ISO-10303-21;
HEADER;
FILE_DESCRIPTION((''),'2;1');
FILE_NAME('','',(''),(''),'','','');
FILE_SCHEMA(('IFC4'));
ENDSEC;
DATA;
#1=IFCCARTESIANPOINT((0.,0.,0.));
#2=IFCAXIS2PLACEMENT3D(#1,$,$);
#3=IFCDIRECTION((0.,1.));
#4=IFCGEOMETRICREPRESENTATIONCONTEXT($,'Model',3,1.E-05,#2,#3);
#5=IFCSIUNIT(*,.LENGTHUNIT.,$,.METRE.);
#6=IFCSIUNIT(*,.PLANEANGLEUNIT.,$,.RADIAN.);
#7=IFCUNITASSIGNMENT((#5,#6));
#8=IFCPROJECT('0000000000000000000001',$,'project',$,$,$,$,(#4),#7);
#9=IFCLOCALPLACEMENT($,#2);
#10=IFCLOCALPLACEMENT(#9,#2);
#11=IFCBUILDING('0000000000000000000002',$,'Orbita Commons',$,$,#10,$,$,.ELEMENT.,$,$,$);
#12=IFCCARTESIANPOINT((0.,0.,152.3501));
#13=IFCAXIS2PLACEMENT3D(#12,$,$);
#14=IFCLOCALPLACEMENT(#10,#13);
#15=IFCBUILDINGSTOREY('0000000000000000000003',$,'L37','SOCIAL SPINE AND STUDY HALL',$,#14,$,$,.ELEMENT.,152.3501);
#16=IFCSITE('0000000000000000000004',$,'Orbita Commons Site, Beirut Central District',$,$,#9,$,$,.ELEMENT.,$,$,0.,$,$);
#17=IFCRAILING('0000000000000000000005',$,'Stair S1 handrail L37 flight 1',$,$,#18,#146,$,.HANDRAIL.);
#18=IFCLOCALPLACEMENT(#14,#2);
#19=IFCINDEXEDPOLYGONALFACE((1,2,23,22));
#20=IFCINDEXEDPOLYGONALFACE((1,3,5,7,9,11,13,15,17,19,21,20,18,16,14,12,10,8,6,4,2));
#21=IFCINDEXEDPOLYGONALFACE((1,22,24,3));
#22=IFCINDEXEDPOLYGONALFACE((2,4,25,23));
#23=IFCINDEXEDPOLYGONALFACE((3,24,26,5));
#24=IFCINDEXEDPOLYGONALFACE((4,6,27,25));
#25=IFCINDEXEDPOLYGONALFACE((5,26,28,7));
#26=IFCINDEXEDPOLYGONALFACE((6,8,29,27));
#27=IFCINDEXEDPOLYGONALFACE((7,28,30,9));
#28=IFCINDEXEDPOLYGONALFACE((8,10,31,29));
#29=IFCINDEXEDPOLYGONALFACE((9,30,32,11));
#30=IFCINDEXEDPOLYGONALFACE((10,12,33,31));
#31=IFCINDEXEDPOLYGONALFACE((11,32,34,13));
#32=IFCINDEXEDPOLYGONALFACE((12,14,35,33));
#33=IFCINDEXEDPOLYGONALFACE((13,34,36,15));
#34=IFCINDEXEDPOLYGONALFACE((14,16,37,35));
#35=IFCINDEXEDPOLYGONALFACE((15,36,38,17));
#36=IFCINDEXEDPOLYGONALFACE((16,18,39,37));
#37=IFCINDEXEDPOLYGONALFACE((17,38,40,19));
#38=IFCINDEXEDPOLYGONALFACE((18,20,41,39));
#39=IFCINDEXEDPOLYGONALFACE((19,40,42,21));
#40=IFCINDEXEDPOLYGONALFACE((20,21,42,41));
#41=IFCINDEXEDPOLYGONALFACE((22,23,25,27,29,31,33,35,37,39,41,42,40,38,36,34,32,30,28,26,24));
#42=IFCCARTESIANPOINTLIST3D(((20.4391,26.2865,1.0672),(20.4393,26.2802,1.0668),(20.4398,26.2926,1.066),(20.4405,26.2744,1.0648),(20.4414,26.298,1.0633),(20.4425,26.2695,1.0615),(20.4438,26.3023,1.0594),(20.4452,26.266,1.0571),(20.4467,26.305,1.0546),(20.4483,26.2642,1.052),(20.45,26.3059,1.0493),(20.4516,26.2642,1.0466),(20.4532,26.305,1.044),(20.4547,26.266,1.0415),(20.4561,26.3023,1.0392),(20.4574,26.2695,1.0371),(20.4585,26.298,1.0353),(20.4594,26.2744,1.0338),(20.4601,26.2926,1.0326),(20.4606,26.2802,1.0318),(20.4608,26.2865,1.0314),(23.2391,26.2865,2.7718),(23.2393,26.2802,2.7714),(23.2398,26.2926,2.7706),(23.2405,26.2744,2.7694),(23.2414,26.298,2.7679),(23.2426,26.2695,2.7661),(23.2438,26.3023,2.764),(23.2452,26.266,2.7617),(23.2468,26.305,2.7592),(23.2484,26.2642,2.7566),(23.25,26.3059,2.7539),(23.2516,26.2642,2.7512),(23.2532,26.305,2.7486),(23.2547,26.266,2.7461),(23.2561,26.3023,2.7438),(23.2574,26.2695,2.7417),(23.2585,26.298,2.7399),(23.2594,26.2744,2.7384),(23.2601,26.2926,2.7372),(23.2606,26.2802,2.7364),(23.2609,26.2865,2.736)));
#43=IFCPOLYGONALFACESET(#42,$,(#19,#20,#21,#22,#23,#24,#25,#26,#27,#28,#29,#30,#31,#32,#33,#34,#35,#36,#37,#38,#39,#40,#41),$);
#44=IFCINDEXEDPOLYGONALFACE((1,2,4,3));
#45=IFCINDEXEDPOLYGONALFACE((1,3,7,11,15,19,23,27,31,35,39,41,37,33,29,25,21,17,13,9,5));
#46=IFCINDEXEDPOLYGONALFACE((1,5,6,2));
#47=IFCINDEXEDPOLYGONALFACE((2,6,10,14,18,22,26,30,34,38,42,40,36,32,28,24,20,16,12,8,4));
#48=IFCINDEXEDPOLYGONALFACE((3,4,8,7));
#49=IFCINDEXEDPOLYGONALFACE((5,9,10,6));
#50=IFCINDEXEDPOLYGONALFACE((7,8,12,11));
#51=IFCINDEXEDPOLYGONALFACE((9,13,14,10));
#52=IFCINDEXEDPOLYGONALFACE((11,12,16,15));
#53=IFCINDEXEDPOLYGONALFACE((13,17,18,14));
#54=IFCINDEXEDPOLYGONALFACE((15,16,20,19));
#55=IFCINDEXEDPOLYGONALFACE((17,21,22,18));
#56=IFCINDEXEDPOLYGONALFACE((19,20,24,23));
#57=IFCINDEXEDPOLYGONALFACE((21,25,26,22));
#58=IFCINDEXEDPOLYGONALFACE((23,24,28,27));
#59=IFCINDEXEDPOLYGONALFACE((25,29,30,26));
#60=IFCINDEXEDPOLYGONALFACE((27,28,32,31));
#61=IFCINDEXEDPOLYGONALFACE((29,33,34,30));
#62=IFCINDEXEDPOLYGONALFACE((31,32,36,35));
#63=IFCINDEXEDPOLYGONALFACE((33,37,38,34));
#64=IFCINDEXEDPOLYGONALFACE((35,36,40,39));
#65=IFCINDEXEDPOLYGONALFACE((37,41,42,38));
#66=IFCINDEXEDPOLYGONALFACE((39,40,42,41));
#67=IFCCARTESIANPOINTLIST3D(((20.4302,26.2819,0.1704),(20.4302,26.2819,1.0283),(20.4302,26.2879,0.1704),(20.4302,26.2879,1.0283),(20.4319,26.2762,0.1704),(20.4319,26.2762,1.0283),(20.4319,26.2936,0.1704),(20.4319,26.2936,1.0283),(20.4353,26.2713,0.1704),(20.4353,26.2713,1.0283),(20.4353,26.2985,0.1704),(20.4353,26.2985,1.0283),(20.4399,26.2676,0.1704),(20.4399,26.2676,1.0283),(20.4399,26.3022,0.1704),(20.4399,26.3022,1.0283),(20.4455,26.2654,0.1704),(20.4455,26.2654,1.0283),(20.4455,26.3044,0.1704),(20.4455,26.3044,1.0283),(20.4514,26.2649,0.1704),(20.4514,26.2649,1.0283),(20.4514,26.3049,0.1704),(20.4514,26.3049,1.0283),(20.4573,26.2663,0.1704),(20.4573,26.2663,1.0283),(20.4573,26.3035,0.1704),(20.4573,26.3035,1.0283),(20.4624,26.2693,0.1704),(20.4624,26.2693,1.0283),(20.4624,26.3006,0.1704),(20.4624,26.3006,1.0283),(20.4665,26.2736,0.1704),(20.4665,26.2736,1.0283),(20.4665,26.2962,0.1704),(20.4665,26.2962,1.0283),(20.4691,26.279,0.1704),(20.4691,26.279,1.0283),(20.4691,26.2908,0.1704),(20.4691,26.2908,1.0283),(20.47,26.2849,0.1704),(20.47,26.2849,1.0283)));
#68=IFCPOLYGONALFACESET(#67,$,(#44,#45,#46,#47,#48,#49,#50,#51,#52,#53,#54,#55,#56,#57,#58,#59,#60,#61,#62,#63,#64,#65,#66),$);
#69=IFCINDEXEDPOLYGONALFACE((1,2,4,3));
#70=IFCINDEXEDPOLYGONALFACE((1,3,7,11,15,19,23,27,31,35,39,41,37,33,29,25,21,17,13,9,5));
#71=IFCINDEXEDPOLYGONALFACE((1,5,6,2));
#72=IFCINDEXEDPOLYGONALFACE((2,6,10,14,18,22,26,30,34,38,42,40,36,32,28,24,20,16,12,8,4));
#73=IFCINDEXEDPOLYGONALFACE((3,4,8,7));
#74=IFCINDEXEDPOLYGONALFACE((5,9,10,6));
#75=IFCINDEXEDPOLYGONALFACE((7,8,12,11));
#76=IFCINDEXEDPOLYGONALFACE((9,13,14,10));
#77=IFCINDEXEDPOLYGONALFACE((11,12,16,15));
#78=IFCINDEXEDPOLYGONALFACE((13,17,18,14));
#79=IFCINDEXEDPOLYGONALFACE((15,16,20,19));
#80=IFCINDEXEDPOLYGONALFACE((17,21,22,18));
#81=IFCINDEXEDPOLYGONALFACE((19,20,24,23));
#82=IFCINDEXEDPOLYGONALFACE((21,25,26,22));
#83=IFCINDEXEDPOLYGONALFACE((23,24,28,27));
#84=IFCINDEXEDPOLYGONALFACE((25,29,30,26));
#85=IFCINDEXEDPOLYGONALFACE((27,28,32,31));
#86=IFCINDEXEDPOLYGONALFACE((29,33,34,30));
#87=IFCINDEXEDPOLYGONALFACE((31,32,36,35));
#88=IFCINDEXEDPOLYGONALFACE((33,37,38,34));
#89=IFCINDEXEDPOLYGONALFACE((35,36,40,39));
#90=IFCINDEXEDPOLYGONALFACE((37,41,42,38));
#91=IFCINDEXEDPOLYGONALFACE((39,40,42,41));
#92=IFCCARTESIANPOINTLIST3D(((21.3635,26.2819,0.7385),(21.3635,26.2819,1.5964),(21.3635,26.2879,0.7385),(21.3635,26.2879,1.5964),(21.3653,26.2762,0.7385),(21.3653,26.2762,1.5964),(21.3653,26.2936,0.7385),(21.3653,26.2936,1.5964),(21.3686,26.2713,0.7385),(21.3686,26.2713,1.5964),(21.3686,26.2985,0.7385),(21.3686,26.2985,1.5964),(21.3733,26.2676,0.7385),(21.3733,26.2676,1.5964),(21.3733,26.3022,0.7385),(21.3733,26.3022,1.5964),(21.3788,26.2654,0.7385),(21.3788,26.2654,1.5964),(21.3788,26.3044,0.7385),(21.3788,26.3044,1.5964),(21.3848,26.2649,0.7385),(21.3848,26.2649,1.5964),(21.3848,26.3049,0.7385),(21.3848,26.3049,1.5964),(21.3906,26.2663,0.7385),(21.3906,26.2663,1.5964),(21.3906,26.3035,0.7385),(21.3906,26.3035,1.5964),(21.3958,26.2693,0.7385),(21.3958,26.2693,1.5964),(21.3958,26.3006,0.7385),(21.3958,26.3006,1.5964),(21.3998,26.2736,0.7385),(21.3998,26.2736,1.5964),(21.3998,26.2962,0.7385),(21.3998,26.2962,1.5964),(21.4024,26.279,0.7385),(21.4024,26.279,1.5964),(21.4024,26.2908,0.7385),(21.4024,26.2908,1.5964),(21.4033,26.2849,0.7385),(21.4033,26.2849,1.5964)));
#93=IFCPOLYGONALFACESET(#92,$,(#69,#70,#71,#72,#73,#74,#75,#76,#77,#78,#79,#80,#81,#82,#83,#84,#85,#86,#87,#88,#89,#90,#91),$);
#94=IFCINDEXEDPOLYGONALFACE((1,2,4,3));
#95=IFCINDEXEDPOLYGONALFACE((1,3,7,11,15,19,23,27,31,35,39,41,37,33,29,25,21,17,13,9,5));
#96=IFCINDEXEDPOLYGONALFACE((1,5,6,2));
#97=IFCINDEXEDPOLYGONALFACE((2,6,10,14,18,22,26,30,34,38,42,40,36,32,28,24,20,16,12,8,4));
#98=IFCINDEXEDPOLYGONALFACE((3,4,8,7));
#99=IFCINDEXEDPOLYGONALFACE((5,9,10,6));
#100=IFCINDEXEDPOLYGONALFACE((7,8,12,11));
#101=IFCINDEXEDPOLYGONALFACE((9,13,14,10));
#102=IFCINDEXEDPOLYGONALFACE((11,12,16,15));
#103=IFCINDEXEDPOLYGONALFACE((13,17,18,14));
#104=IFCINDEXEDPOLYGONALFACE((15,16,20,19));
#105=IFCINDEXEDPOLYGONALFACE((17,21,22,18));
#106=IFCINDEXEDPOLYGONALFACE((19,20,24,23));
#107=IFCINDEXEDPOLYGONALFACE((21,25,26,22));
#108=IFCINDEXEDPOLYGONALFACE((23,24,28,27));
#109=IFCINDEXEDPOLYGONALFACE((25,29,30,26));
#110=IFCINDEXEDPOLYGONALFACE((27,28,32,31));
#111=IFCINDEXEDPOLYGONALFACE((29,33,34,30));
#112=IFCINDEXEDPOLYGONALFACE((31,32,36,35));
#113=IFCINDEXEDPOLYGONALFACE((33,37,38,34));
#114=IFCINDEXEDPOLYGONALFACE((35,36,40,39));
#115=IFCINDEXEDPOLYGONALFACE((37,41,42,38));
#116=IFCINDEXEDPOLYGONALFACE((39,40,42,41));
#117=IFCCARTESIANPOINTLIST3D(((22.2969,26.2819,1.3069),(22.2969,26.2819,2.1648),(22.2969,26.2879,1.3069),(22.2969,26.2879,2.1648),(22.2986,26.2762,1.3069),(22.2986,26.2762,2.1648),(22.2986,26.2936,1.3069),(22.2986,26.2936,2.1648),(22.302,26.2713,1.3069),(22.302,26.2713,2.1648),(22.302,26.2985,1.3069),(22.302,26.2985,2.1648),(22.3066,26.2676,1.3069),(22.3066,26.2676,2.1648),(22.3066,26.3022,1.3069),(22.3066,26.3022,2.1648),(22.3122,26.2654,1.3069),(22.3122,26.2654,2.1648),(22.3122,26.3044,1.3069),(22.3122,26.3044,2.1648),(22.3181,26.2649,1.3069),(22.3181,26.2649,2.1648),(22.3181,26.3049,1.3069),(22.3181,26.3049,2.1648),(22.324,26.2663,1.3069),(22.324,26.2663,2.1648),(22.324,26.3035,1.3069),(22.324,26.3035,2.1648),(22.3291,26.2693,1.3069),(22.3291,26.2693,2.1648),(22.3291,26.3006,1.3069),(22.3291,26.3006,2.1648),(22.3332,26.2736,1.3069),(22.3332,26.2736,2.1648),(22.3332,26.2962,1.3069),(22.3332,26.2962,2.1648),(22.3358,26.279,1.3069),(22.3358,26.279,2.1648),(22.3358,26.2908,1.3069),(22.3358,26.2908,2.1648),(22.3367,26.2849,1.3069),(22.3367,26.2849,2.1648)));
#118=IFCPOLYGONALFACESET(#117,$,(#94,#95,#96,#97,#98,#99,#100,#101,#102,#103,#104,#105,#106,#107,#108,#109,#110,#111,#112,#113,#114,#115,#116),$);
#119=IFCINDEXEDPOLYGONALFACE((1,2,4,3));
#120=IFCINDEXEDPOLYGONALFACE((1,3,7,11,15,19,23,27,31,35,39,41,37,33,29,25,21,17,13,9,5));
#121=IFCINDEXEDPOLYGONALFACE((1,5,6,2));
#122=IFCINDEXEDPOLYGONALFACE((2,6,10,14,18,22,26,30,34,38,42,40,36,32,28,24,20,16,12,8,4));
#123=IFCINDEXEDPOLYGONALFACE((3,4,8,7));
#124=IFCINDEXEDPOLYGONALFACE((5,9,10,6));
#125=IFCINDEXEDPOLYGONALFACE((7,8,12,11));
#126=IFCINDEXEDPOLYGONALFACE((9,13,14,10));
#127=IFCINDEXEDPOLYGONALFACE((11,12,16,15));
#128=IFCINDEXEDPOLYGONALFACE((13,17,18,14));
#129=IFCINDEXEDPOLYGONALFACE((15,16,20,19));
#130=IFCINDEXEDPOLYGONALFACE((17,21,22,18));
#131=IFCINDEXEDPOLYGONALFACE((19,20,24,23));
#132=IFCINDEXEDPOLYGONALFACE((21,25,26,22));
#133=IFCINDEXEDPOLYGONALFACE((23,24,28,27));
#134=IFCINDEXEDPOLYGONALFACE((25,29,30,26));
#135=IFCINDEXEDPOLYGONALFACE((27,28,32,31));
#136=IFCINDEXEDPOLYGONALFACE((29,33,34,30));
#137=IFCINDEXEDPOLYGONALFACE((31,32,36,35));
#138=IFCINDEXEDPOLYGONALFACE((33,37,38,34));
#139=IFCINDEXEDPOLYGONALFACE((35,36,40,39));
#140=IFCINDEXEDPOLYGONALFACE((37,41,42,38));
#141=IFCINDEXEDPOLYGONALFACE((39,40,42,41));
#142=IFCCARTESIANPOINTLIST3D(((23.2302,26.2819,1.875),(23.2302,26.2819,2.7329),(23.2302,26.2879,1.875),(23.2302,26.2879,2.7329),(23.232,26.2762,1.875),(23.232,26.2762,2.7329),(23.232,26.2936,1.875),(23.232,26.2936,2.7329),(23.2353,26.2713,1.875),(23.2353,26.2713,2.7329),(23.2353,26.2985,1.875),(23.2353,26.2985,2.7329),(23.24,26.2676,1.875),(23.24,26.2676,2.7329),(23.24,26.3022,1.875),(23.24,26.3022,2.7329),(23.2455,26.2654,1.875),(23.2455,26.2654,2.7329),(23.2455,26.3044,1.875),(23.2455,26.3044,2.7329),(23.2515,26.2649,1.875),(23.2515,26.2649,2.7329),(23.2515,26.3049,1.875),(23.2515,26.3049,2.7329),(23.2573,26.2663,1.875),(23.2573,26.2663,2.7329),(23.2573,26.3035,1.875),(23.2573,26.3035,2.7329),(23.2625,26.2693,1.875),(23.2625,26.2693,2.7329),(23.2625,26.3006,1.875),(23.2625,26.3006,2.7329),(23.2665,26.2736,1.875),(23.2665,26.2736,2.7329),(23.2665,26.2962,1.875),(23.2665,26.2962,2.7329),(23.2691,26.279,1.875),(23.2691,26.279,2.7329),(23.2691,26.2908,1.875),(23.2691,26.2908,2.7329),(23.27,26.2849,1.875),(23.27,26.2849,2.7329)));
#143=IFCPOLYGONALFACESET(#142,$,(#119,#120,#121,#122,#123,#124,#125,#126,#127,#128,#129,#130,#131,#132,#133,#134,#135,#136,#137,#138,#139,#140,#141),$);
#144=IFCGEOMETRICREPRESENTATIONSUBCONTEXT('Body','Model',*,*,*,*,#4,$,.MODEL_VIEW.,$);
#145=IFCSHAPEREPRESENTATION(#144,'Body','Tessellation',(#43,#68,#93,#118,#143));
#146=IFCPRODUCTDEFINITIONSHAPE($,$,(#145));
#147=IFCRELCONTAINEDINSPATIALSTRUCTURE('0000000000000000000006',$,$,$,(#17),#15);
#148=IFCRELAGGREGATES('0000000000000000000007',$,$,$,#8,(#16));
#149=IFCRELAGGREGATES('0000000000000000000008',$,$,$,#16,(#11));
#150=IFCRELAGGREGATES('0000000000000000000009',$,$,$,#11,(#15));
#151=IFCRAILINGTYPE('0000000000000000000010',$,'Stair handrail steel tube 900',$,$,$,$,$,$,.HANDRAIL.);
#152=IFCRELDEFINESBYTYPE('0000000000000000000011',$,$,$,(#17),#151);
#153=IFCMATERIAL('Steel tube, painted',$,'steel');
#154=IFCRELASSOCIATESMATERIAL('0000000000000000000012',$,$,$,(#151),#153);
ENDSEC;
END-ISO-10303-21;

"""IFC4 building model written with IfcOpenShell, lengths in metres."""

from ifc_helpers import new_model, si_unit, direction, frame, origin, origin_2d, place, context, subcontext, project, spatial, circle, extrude, material, type_object, element, save


model = new_model("IFC4")

# Units and contexts
model_context = context("Model", 3, precision=1e-05, world=origin(), true_north=direction((0.0, 1.0)))
body_context = subcontext(model_context, "Body", "Model", "MODEL_VIEW")
ifc_project = project(units=[si_unit("LENGTHUNIT", "METRE"), si_unit("PLANEANGLEUNIT", "RADIAN")], contexts=[model_context])

# Site, building, storey
site_placement = place(None, origin())
site = spatial("IfcSite", under=ifc_project, at=site_placement, Name="Orbita Commons Site, Beirut Central District", CompositionType="ELEMENT", RefElevation=0.0)
building_placement = place(site_placement, origin())
building = spatial("IfcBuilding", under=site, at=building_placement, Name="Orbita Commons", CompositionType="ELEMENT")
storey_placement = place(building_placement, frame((0.0, 0.0, 152.3501)))
storey = spatial("IfcBuildingStorey", under=building, at=storey_placement, Name="L37", Description="SOCIAL SPINE AND STUDY HALL", CompositionType="ELEMENT", Elevation=152.3501)

# Railing
ifc_material_1 = material(Name="Steel tube, painted", Category="steel")
railing_type = type_object("IfcRailingType", Name="Stair handrail steel tube 900", PredefinedType="HANDRAIL", material=ifc_material_1)
for number, where, name in (
    (1, (20.45, 26.2849, 0.1704), "Stair S1 handrail L37 flight 1"),
):
    element("IfcRailing", number, at=place(storey_placement, frame(where)), inside=storey, type_object=railing_type, Name=name, PredefinedType="HANDRAIL", context=body_context, shape_type="SweptSolid", body=[
        extrude(circle(Radius=0.021, at=origin_2d()), frame((0.0, 0.0, 0.8789), z_axis=(0.85417, 0.0, 0.519994), x_axis=(0.0, 1.0, 0.0)), (0.0, 0.0, 1.0), 3.2781),
        extrude(circle(Radius=0.02, at=origin_2d()), origin(), (0.0, 0.0, 1.0), 0.8579),
        extrude(circle(Radius=0.02, at=origin_2d()), frame((0.9333, 0.0, 0.5681)), (0.0, 0.0, 1.0), 0.8579),
        extrude(circle(Radius=0.02, at=origin_2d()), frame((1.8667, 0.0, 1.1365)), (0.0, 0.0, 1.0), 0.8579),
        extrude(circle(Radius=0.02, at=origin_2d()), frame((2.8, 0.0, 1.7046)), (0.0, 0.0, 1.0), 0.8579),
    ])

save(model, "model.ifc")
